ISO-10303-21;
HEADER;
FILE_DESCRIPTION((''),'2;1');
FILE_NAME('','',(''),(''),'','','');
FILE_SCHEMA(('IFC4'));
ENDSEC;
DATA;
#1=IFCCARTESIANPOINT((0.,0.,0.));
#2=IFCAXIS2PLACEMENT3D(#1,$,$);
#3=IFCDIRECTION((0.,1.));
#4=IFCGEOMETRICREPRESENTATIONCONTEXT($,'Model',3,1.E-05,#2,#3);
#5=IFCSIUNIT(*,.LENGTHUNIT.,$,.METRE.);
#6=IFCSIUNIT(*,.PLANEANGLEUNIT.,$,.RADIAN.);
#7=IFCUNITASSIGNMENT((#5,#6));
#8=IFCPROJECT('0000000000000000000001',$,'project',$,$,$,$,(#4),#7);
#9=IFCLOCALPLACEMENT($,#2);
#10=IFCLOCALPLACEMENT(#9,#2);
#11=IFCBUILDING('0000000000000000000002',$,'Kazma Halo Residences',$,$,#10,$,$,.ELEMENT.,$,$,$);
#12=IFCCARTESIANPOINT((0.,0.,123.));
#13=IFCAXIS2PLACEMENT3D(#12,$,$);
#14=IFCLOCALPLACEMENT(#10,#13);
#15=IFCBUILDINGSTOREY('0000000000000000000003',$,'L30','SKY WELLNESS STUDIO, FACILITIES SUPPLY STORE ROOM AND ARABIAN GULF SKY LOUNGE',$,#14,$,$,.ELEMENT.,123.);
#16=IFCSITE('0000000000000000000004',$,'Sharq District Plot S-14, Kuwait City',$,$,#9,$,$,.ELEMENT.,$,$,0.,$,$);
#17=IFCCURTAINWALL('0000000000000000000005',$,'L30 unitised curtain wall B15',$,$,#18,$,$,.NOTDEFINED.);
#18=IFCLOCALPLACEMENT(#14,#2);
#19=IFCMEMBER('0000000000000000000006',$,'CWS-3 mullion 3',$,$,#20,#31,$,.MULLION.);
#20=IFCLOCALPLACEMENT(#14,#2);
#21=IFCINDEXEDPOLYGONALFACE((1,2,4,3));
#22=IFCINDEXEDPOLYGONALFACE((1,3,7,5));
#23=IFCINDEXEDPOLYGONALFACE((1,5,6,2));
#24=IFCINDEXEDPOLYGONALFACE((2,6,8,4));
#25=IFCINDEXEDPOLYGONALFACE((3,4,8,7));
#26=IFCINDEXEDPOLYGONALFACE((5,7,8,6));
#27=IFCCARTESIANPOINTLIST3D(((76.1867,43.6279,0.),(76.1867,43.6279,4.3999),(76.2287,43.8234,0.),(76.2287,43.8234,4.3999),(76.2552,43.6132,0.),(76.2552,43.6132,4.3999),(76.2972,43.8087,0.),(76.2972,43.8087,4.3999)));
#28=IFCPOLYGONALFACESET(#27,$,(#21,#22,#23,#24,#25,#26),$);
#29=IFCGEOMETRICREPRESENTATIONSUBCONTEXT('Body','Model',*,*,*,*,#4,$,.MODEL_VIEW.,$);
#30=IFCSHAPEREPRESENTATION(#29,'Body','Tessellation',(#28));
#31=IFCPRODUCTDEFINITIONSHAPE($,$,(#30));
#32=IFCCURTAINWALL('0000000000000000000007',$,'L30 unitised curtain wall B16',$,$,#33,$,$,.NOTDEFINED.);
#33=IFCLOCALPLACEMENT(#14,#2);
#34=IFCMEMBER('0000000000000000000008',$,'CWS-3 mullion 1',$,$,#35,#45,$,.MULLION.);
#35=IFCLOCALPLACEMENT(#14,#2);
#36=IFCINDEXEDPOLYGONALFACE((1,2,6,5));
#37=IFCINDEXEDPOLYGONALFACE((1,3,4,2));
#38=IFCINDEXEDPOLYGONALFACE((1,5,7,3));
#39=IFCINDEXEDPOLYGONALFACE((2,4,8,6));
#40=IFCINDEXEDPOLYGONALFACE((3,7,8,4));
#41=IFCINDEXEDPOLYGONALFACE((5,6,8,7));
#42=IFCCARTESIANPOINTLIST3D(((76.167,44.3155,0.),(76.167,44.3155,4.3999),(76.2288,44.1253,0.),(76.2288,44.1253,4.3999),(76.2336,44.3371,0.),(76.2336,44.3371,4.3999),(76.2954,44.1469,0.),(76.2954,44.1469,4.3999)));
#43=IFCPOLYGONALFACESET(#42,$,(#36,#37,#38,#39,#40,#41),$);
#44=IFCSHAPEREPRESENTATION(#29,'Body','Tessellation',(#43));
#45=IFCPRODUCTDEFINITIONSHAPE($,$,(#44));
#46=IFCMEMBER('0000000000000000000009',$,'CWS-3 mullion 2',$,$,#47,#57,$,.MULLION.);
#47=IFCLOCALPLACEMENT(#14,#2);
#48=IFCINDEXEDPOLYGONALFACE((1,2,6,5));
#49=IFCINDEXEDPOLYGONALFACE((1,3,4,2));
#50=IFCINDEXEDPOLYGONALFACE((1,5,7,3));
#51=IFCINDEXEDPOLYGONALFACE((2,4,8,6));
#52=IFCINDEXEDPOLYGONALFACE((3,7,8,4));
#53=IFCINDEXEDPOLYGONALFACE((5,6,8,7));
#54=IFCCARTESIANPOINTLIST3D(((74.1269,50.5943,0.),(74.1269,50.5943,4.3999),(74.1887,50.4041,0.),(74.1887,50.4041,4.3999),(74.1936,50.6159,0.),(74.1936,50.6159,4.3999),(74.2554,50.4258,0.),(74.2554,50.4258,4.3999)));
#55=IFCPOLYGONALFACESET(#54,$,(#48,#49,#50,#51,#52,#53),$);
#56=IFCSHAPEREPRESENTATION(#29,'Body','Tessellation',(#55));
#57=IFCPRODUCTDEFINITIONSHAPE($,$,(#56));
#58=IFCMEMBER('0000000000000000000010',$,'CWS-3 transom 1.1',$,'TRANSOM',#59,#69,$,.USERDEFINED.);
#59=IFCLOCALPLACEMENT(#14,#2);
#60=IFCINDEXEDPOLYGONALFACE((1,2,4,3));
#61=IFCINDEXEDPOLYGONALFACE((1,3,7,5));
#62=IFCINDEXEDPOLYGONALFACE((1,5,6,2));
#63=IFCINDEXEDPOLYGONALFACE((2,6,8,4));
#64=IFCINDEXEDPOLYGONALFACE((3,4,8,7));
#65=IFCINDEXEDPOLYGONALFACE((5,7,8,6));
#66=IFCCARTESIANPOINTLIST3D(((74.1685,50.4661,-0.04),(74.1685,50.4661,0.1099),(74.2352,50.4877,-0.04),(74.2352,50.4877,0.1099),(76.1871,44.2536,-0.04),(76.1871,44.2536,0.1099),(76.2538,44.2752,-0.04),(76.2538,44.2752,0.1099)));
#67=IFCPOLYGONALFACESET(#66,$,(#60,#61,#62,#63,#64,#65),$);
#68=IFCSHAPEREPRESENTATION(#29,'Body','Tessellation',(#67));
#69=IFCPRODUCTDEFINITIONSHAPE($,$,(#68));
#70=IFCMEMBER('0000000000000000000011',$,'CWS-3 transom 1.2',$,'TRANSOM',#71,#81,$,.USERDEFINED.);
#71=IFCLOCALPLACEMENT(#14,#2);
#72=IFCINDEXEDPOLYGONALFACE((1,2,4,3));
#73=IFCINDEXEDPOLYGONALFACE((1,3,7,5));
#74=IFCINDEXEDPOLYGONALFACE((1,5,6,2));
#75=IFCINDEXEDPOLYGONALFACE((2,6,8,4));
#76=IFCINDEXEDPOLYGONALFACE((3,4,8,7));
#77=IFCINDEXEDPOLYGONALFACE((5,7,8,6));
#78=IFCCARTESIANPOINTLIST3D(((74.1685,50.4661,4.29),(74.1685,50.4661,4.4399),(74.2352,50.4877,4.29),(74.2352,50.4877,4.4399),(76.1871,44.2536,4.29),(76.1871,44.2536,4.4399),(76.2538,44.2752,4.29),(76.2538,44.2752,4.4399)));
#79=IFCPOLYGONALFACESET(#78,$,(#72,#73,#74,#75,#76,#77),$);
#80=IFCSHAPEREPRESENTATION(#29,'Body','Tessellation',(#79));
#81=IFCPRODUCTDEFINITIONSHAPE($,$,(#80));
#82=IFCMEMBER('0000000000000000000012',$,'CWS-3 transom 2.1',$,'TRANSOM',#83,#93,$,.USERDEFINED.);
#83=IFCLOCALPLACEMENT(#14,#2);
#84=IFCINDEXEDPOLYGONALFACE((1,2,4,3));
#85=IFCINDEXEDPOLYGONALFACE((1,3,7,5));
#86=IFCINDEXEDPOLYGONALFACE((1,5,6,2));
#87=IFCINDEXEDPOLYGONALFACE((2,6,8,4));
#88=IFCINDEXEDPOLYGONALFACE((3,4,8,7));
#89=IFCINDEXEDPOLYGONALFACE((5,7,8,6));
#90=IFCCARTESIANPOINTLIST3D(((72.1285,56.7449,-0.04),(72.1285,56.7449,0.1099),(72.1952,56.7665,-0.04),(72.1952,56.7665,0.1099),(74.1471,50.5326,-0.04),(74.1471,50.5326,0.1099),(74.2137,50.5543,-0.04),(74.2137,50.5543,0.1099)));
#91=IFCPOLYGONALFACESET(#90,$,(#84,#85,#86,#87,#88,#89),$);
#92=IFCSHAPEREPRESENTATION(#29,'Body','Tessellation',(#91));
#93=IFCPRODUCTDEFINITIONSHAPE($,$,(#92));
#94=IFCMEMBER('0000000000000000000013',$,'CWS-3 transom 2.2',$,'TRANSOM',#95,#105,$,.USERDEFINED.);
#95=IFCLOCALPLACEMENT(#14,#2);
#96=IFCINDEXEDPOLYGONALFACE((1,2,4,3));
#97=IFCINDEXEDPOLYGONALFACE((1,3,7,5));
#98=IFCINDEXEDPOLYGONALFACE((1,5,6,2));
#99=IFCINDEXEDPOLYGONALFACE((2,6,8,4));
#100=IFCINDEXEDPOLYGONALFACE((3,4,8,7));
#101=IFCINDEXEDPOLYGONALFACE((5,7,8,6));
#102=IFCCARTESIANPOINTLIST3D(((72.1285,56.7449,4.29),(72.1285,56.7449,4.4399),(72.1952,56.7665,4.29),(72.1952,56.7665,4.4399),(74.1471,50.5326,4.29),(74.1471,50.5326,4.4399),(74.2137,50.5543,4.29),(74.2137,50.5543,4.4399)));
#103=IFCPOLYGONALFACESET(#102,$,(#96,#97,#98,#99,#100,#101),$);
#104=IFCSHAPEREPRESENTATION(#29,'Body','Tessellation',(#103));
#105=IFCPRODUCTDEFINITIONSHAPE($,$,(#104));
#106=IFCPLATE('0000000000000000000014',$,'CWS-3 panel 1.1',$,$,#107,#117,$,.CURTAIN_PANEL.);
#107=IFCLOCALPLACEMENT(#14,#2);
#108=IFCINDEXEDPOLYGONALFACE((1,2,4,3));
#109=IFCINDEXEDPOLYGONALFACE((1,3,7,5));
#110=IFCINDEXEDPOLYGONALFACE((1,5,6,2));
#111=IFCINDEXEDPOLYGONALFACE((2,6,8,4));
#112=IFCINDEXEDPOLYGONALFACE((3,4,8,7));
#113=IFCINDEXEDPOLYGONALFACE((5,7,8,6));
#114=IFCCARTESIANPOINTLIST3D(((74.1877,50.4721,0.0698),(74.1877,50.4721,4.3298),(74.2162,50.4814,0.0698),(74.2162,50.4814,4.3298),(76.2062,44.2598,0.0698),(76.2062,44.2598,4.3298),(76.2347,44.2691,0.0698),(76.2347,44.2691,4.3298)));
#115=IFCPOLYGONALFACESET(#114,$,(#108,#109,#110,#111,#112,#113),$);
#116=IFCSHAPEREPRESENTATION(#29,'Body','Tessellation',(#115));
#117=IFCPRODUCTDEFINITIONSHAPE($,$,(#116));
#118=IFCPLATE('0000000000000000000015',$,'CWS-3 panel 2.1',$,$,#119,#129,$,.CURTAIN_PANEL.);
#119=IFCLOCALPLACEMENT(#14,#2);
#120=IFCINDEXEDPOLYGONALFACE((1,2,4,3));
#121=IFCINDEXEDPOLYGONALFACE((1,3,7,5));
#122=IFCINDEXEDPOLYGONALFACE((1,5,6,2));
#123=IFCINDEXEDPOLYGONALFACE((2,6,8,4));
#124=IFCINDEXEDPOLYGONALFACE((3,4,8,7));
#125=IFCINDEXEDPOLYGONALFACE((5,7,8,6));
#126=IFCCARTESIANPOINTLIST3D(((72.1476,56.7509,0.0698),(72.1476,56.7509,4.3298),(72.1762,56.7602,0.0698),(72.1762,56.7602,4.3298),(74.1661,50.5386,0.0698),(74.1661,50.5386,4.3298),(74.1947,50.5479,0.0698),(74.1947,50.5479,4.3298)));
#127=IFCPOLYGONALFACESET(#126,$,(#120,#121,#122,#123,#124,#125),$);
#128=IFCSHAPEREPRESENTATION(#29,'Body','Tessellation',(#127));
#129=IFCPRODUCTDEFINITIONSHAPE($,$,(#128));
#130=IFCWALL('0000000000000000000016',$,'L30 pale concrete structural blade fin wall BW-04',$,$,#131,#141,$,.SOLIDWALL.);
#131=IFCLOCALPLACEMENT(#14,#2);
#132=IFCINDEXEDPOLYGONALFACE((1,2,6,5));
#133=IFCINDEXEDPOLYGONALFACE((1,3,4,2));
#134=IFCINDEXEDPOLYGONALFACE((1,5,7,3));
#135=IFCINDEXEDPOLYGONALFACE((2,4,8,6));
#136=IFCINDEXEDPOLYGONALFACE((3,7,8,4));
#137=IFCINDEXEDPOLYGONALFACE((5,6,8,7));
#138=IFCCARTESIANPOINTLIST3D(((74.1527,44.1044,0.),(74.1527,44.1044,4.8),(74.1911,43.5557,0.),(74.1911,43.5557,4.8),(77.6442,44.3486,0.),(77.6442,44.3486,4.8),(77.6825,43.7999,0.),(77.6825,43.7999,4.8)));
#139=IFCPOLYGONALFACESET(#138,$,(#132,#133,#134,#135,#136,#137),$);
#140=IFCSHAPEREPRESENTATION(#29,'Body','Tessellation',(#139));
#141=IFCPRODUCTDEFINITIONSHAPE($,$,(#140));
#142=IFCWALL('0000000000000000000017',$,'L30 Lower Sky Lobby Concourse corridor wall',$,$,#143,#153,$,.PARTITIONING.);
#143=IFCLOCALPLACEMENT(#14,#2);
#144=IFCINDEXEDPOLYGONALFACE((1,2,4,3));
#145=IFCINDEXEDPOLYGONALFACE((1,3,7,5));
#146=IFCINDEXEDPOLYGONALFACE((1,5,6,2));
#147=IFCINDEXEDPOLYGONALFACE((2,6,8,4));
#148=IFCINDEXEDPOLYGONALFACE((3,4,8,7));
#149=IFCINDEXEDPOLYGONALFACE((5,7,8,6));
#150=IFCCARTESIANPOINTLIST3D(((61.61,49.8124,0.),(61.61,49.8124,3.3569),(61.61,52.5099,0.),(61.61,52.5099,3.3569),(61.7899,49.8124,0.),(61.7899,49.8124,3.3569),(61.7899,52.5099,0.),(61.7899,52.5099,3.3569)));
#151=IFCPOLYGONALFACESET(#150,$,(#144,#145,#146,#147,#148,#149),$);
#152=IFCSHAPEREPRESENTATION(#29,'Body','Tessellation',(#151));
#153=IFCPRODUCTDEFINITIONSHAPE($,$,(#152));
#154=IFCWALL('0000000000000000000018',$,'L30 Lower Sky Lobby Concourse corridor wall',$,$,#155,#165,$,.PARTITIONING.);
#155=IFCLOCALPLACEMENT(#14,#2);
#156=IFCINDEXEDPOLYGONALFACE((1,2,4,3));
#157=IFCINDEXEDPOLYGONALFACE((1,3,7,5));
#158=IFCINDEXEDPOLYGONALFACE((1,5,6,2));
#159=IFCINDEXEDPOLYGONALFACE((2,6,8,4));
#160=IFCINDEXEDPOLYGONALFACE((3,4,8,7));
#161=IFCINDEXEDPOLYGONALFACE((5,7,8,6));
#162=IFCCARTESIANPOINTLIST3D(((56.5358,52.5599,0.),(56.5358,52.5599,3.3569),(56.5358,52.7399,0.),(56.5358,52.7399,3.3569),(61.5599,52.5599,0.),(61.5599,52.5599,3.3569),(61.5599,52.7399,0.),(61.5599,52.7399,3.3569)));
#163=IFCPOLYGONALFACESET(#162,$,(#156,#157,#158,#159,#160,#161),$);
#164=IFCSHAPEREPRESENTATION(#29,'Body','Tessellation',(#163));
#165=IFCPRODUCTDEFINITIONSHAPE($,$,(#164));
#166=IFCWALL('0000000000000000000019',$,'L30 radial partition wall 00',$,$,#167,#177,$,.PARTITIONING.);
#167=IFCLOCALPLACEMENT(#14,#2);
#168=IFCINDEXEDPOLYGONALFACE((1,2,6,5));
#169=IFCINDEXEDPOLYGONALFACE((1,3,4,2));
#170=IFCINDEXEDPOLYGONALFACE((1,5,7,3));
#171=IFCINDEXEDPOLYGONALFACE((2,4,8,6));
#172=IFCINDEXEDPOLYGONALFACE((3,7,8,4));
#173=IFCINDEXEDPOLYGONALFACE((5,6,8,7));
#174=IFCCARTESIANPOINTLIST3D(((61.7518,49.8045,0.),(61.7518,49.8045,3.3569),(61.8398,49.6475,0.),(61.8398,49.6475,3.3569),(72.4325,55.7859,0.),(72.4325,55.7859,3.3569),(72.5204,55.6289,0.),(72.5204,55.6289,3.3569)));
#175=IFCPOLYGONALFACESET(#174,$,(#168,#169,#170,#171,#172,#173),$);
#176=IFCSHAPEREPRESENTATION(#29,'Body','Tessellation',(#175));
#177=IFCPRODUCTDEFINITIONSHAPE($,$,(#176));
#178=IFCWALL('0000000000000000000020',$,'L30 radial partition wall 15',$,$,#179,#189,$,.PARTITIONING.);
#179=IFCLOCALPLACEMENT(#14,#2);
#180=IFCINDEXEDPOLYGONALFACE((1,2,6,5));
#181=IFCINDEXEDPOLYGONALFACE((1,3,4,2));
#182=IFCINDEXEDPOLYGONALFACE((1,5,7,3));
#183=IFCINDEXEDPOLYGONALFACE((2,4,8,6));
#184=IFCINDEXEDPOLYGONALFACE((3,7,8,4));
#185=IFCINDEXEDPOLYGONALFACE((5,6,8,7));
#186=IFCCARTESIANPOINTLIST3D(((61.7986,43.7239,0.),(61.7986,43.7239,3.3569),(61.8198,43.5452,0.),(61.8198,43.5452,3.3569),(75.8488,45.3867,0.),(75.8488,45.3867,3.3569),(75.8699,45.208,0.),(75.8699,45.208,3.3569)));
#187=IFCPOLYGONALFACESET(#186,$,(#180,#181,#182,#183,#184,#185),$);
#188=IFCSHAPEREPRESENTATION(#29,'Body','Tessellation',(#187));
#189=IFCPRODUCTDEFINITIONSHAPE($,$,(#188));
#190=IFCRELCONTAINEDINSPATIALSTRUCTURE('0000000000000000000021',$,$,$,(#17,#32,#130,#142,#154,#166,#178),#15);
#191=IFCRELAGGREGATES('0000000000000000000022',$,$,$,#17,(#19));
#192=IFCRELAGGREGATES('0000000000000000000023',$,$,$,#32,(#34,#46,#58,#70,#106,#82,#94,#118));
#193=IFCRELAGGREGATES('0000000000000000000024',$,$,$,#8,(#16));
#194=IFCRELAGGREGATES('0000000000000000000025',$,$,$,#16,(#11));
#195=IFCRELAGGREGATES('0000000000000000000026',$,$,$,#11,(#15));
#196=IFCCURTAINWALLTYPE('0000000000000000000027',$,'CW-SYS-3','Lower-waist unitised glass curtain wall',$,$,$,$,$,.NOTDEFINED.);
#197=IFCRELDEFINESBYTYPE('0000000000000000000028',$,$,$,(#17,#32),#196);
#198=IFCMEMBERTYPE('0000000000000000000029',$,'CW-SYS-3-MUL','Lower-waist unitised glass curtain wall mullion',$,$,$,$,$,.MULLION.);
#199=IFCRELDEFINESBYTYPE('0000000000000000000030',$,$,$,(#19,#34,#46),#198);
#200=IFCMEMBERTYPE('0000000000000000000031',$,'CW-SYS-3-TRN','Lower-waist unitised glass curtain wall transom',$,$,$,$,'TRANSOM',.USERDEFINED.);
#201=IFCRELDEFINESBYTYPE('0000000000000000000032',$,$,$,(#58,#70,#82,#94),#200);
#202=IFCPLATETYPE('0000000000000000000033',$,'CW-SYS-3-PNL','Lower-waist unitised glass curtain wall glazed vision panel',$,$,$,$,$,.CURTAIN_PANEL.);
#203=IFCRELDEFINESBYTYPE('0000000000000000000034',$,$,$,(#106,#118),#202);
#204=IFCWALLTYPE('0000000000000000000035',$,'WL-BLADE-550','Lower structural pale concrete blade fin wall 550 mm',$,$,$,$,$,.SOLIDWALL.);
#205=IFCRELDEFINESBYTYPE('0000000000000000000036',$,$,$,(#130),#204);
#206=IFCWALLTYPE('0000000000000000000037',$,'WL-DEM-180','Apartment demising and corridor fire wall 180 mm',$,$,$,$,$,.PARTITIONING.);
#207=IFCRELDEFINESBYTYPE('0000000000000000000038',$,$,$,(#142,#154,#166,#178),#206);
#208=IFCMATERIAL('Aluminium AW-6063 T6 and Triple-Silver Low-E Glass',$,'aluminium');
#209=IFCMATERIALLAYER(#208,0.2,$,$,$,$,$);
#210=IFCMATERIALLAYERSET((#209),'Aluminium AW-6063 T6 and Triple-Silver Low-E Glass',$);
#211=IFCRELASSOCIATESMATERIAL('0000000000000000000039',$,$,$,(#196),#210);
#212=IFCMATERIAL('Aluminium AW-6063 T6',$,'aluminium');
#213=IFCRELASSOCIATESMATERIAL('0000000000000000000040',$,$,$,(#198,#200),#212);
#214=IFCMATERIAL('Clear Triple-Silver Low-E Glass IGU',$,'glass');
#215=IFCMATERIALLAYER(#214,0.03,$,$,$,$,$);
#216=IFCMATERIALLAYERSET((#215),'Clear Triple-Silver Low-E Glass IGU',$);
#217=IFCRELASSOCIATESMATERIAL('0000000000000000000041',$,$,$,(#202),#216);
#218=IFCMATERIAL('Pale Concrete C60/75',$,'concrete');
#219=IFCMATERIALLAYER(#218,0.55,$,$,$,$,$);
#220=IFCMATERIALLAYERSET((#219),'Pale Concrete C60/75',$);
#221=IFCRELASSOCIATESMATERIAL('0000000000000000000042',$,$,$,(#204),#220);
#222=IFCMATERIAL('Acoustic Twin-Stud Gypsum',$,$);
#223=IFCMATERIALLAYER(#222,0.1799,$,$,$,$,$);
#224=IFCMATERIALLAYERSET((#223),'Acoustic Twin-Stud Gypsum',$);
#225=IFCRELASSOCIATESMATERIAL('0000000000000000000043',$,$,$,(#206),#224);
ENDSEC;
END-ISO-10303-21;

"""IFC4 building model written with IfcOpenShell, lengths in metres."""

from ifc_helpers import new_model, si_unit, direction, frame, frame_2d, origin, origin_2d, place, context, subcontext, project, spatial, rectangle, extrude, material, layer, layer_set, material_profile, profile_set, type_object, element, aggregate, save


model = new_model("IFC4")

# Units and contexts
model_context = context("Model", 3, precision=1e-05, world=origin(), true_north=direction((0.0, 1.0)))
body_context = subcontext(model_context, "Body", "Model", "MODEL_VIEW")
ifc_project = project(units=[si_unit("LENGTHUNIT", "METRE"), si_unit("PLANEANGLEUNIT", "RADIAN")], contexts=[model_context])

# Site, building, storey
site_placement = place(None, origin())
site = spatial("IfcSite", under=ifc_project, at=site_placement, Name="Sharq District Plot S-14, Kuwait City", CompositionType="ELEMENT", RefElevation=0.0)
building_placement = place(site_placement, origin())
building = spatial("IfcBuilding", under=site, at=building_placement, Name="Kazma Halo Residences", CompositionType="ELEMENT")
storey_placement = place(building_placement, frame((0.0, 0.0, 123.0)))
storey = spatial("IfcBuildingStorey", under=building, at=storey_placement, Name="L30", Description="SKY WELLNESS STUDIO, FACILITIES SUPPLY STORE ROOM AND ARABIAN GULF SKY LOUNGE", CompositionType="ELEMENT", Elevation=123.0)

# Curtain wall, member
ifc_material_1 = material(Name="Aluminium AW-6063 T6 and Triple-Silver Low-E Glass", Category="aluminium")
ifc_layer_1 = layer(ifc_material_1, 0.2)
ifc_layer_set_1 = layer_set([ifc_layer_1], Name="Aluminium AW-6063 T6 and Triple-Silver Low-E Glass")
curtain_wall_type = type_object("IfcCurtainWallType", Name="CW-SYS-3", Description="Lower-waist unitised glass curtain wall", PredefinedType="NOTDEFINED", material=ifc_layer_set_1)
curtain_wall_1_placement = place(storey_placement, origin())
curtain_wall_1 = element("IfcCurtainWall", 1, at=curtain_wall_1_placement, inside=storey, type_object=curtain_wall_type, Name="L30 unitised curtain wall B15", PredefinedType="NOTDEFINED")
ifc_material_2 = material(Name="Aluminium AW-6063 T6", Category="aluminium")
ifc_material_profile_1 = material_profile(ifc_material_2, rectangle(XDim=0.0701, YDim=0.2, at=origin_2d()), Name="CWM-70x200")
ifc_profile_set_1 = profile_set([ifc_material_profile_1], Name="Aluminium AW-6063 T6")
member_type_1 = type_object("IfcMemberType", Name="CW-SYS-3-MUL", Description="Lower-waist unitised glass curtain wall mullion", PredefinedType="MULLION", material=ifc_profile_set_1)
member_1_placement = place(storey_placement, frame((76.2419, 43.7183, 0.0), z_axis=(0.0, 0.0, 1.0), x_axis=(-0.97777, 0.209681, 0.0)))
member_1 = element("IfcMember", 2, at=member_1_placement, type_object=member_type_1, Name="CWS-3 mullion 3", PredefinedType="MULLION", context=body_context, shape_type="SweptSolid", body=[
    extrude(rectangle(XDim=0.0701, YDim=0.2, at=origin_2d()), origin(), (0.0, 0.0, 1.0), 4.3999),
])
aggregate(curtain_wall_1, [member_1])

# Curtain wall, members, plates
curtain_wall_2_placement = place(storey_placement, origin())
curtain_wall_2 = element("IfcCurtainWall", 3, at=curtain_wall_2_placement, inside=storey, type_object=curtain_wall_type, Name="L30 unitised curtain wall B16", PredefinedType="NOTDEFINED")
member_2_placement = place(storey_placement, frame((76.2312, 44.2312, 0.0), z_axis=(0.0, 0.0, 1.0), x_axis=(-0.951056, -0.309018, 0.0)))
member_2 = element("IfcMember", 4, at=member_2_placement, type_object=member_type_1, Name="CWS-3 mullion 1", PredefinedType="MULLION", context=body_context, shape_type="SweptSolid", body=[
    extrude(rectangle(XDim=0.0701, YDim=0.2, at=origin_2d()), origin(), (0.0, 0.0, 1.0), 4.3999),
])
member_3_placement = place(storey_placement, frame((74.1912, 50.51, 0.0), z_axis=(0.0, 0.0, 1.0), x_axis=(-0.951056, -0.309018, 0.0)))
member_3 = element("IfcMember", 5, at=member_3_placement, type_object=member_type_1, Name="CWS-3 mullion 2", PredefinedType="MULLION", context=body_context, shape_type="SweptSolid", body=[
    extrude(rectangle(XDim=0.0701, YDim=0.2, at=origin_2d()), origin(), (0.0, 0.0, 1.0), 4.3999),
])
ifc_material_profile_2 = material_profile(ifc_material_2, rectangle(XDim=0.0701, YDim=0.1499, at=origin_2d()), Name="CWT-70x150")
ifc_profile_set_2 = profile_set([ifc_material_profile_2], Name="Aluminium AW-6063 T6")
member_type_2 = type_object("IfcMemberType", Name="CW-SYS-3-TRN", Description="Lower-waist unitised glass curtain wall transom", ElementType="TRANSOM", PredefinedType="USERDEFINED", material=ifc_profile_set_2)
member_4_placement = place(storey_placement, frame((76.2205, 44.2644, 0.0349), z_axis=(-0.30902, 0.951055, 0.0), x_axis=(-0.951055, -0.30902, 0.0)))
member_4 = element("IfcMember", 6, at=member_4_placement, type_object=member_type_2, Name="CWS-3 transom 1.1", ObjectType="TRANSOM", PredefinedType="USERDEFINED", context=body_context, shape_type="SweptSolid", body=[
    extrude(rectangle(XDim=0.0701, YDim=0.1499, at=origin_2d()), origin(), (0.0, 0.0, 1.0), 6.5322),
])
member_5_placement = place(storey_placement, frame((76.2205, 44.2644, 4.365), z_axis=(-0.30902, 0.951055, 0.0), x_axis=(-0.951055, -0.30902, 0.0)))
member_5 = element("IfcMember", 7, at=member_5_placement, type_object=member_type_2, Name="CWS-3 transom 1.2", ObjectType="TRANSOM", PredefinedType="USERDEFINED", context=body_context, shape_type="SweptSolid", body=[
    extrude(rectangle(XDim=0.0701, YDim=0.1499, at=origin_2d()), origin(), (0.0, 0.0, 1.0), 6.5322),
])
member_6_placement = place(storey_placement, frame((74.1804, 50.5435, 0.0349), z_axis=(-0.309031, 0.951052, 0.0), x_axis=(-0.951052, -0.309031, 0.0)))
member_6 = element("IfcMember", 8, at=member_6_placement, type_object=member_type_2, Name="CWS-3 transom 2.1", ObjectType="TRANSOM", PredefinedType="USERDEFINED", context=body_context, shape_type="SweptSolid", body=[
    extrude(rectangle(XDim=0.0701, YDim=0.1499, at=origin_2d()), origin(), (0.0, 0.0, 1.0), 6.532),
])
member_7_placement = place(storey_placement, frame((74.1804, 50.5435, 4.365), z_axis=(-0.309031, 0.951052, 0.0), x_axis=(-0.951052, -0.309031, 0.0)))
member_7 = element("IfcMember", 9, at=member_7_placement, type_object=member_type_2, Name="CWS-3 transom 2.2", ObjectType="TRANSOM", PredefinedType="USERDEFINED", context=body_context, shape_type="SweptSolid", body=[
    extrude(rectangle(XDim=0.0701, YDim=0.1499, at=origin_2d()), origin(), (0.0, 0.0, 1.0), 6.532),
])
ifc_material_3 = material(Name="Clear Triple-Silver Low-E Glass IGU", Category="glass")
ifc_layer_2 = layer(ifc_material_3, 0.03)
ifc_layer_set_2 = layer_set([ifc_layer_2], Name="Clear Triple-Silver Low-E Glass IGU")
plate_type = type_object("IfcPlateType", Name="CW-SYS-3-PNL", Description="Lower-waist unitised glass curtain wall glazed vision panel", PredefinedType="CURTAIN_PANEL", material=ifc_layer_set_2)
plate_1_placement = place(storey_placement, frame((75.2112, 47.3706, 0.0698), z_axis=(0.0, 0.0, 1.0), x_axis=(-0.309018, 0.951056, 0.0)))
plate_1 = element("IfcPlate", 10, at=plate_1_placement, type_object=plate_type, Name="CWS-3 panel 1.1", PredefinedType="CURTAIN_PANEL", context=body_context, shape_type="SweptSolid", body=[
    extrude(rectangle(XDim=6.532, YDim=0.03, at=origin_2d()), origin(), (0.0, 0.0, 1.0), 4.26),
])
plate_2_placement = place(storey_placement, frame((73.1711, 53.6494, 0.0698), z_axis=(0.0, 0.0, 1.0), x_axis=(-0.309018, 0.951056, 0.0)))
plate_2 = element("IfcPlate", 11, at=plate_2_placement, type_object=plate_type, Name="CWS-3 panel 2.1", PredefinedType="CURTAIN_PANEL", context=body_context, shape_type="SweptSolid", body=[
    extrude(rectangle(XDim=6.532, YDim=0.03, at=origin_2d()), origin(), (0.0, 0.0, 1.0), 4.26),
])
aggregate(curtain_wall_2, [member_2, member_3, member_4, member_5, plate_1, member_6, member_7, plate_2])

# Walls
ifc_material_4 = material(Name="Pale Concrete C60/75", Category="concrete")
ifc_layer_3 = layer(ifc_material_4, 0.55)
ifc_layer_set_3 = layer_set([ifc_layer_3], Name="Pale Concrete C60/75")
wall_type_1 = type_object("IfcWallType", Name="WL-BLADE-550", Description="Lower structural pale concrete blade fin wall 550 mm", PredefinedType="SOLIDWALL", material=ifc_layer_set_3)
wall_1_placement = place(storey_placement, frame((74.1719, 43.8301, 0.0), z_axis=(0.0, 0.0, 1.0), x_axis=(0.997564, 0.069755, 0.0)))
element("IfcWall", 12, at=wall_1_placement, inside=storey, type_object=wall_type_1, Name="L30 pale concrete structural blade fin wall BW-04", PredefinedType="SOLIDWALL", context=body_context, shape_type="SweptSolid", body=[
    extrude(rectangle(XDim=3.5, YDim=0.55, at=frame_2d((1.75, 0.0))), origin(), (0.0, 0.0, 1.0), 4.8),
])
ifc_material_5 = material(Name="Acoustic Twin-Stud Gypsum")
ifc_layer_4 = layer(ifc_material_5, 0.1799)
ifc_layer_set_4 = layer_set([ifc_layer_4], Name="Acoustic Twin-Stud Gypsum")
wall_type_2 = type_object("IfcWallType", Name="WL-DEM-180", Description="Apartment demising and corridor fire wall 180 mm", PredefinedType="PARTITIONING", material=ifc_layer_set_4)
wall_2_placement = place(storey_placement, frame((61.7, 49.8125, 0.0), z_axis=(0.0, 0.0, 1.0), x_axis=(0.0, 1.0, 0.0)))
element("IfcWall", 13, at=wall_2_placement, inside=storey, type_object=wall_type_2, Name="L30 Lower Sky Lobby Concourse corridor wall", PredefinedType="PARTITIONING", context=body_context, shape_type="SweptSolid", body=[
    extrude(rectangle(XDim=2.6975, YDim=0.1799, at=frame_2d((1.3486, 0.0))), origin(), (0.0, 0.0, 1.0), 3.3569),
])
wall_3_placement = place(storey_placement, frame((61.5601, 52.6499, 0.0), z_axis=(0.0, 0.0, 1.0), x_axis=(-1.0, 0.0, 0.0)))
element("IfcWall", 14, at=wall_3_placement, inside=storey, type_object=wall_type_2, Name="L30 Lower Sky Lobby Concourse corridor wall", PredefinedType="PARTITIONING", context=body_context, shape_type="SweptSolid", body=[
    extrude(rectangle(XDim=5.0242, YDim=0.1799, at=frame_2d((2.5122, 0.0))), origin(), (0.0, 0.0, 1.0), 3.3569),
])
wall_4_placement = place(storey_placement, frame((61.7959, 49.7261, 0.0), z_axis=(0.0, 0.0, 1.0), x_axis=(0.872496, 0.48862, 0.0)))
element("IfcWall", 15, at=wall_4_placement, inside=storey, type_object=wall_type_2, Name="L30 radial partition wall 00", PredefinedType="PARTITIONING", context=body_context, shape_type="SweptSolid", body=[
    extrude(rectangle(XDim=12.2415, YDim=0.1799, at=frame_2d((6.1206, 0.0))), origin(), (0.0, 0.0, 1.0), 3.3569),
])
wall_5_placement = place(storey_placement, frame((61.8091, 43.6345, 0.0), z_axis=(0.0, 0.0, 1.0), x_axis=(0.993069, 0.117531, 0.0)))
element("IfcWall", 16, at=wall_5_placement, inside=storey, type_object=wall_type_2, Name="L30 radial partition wall 15", PredefinedType="PARTITIONING", context=body_context, shape_type="SweptSolid", body=[
    extrude(rectangle(XDim=14.1482, YDim=0.1799, at=frame_2d((7.0742, 0.0))), origin(), (0.0, 0.0, 1.0), 3.3569),
])

save(model, "model.ifc")
